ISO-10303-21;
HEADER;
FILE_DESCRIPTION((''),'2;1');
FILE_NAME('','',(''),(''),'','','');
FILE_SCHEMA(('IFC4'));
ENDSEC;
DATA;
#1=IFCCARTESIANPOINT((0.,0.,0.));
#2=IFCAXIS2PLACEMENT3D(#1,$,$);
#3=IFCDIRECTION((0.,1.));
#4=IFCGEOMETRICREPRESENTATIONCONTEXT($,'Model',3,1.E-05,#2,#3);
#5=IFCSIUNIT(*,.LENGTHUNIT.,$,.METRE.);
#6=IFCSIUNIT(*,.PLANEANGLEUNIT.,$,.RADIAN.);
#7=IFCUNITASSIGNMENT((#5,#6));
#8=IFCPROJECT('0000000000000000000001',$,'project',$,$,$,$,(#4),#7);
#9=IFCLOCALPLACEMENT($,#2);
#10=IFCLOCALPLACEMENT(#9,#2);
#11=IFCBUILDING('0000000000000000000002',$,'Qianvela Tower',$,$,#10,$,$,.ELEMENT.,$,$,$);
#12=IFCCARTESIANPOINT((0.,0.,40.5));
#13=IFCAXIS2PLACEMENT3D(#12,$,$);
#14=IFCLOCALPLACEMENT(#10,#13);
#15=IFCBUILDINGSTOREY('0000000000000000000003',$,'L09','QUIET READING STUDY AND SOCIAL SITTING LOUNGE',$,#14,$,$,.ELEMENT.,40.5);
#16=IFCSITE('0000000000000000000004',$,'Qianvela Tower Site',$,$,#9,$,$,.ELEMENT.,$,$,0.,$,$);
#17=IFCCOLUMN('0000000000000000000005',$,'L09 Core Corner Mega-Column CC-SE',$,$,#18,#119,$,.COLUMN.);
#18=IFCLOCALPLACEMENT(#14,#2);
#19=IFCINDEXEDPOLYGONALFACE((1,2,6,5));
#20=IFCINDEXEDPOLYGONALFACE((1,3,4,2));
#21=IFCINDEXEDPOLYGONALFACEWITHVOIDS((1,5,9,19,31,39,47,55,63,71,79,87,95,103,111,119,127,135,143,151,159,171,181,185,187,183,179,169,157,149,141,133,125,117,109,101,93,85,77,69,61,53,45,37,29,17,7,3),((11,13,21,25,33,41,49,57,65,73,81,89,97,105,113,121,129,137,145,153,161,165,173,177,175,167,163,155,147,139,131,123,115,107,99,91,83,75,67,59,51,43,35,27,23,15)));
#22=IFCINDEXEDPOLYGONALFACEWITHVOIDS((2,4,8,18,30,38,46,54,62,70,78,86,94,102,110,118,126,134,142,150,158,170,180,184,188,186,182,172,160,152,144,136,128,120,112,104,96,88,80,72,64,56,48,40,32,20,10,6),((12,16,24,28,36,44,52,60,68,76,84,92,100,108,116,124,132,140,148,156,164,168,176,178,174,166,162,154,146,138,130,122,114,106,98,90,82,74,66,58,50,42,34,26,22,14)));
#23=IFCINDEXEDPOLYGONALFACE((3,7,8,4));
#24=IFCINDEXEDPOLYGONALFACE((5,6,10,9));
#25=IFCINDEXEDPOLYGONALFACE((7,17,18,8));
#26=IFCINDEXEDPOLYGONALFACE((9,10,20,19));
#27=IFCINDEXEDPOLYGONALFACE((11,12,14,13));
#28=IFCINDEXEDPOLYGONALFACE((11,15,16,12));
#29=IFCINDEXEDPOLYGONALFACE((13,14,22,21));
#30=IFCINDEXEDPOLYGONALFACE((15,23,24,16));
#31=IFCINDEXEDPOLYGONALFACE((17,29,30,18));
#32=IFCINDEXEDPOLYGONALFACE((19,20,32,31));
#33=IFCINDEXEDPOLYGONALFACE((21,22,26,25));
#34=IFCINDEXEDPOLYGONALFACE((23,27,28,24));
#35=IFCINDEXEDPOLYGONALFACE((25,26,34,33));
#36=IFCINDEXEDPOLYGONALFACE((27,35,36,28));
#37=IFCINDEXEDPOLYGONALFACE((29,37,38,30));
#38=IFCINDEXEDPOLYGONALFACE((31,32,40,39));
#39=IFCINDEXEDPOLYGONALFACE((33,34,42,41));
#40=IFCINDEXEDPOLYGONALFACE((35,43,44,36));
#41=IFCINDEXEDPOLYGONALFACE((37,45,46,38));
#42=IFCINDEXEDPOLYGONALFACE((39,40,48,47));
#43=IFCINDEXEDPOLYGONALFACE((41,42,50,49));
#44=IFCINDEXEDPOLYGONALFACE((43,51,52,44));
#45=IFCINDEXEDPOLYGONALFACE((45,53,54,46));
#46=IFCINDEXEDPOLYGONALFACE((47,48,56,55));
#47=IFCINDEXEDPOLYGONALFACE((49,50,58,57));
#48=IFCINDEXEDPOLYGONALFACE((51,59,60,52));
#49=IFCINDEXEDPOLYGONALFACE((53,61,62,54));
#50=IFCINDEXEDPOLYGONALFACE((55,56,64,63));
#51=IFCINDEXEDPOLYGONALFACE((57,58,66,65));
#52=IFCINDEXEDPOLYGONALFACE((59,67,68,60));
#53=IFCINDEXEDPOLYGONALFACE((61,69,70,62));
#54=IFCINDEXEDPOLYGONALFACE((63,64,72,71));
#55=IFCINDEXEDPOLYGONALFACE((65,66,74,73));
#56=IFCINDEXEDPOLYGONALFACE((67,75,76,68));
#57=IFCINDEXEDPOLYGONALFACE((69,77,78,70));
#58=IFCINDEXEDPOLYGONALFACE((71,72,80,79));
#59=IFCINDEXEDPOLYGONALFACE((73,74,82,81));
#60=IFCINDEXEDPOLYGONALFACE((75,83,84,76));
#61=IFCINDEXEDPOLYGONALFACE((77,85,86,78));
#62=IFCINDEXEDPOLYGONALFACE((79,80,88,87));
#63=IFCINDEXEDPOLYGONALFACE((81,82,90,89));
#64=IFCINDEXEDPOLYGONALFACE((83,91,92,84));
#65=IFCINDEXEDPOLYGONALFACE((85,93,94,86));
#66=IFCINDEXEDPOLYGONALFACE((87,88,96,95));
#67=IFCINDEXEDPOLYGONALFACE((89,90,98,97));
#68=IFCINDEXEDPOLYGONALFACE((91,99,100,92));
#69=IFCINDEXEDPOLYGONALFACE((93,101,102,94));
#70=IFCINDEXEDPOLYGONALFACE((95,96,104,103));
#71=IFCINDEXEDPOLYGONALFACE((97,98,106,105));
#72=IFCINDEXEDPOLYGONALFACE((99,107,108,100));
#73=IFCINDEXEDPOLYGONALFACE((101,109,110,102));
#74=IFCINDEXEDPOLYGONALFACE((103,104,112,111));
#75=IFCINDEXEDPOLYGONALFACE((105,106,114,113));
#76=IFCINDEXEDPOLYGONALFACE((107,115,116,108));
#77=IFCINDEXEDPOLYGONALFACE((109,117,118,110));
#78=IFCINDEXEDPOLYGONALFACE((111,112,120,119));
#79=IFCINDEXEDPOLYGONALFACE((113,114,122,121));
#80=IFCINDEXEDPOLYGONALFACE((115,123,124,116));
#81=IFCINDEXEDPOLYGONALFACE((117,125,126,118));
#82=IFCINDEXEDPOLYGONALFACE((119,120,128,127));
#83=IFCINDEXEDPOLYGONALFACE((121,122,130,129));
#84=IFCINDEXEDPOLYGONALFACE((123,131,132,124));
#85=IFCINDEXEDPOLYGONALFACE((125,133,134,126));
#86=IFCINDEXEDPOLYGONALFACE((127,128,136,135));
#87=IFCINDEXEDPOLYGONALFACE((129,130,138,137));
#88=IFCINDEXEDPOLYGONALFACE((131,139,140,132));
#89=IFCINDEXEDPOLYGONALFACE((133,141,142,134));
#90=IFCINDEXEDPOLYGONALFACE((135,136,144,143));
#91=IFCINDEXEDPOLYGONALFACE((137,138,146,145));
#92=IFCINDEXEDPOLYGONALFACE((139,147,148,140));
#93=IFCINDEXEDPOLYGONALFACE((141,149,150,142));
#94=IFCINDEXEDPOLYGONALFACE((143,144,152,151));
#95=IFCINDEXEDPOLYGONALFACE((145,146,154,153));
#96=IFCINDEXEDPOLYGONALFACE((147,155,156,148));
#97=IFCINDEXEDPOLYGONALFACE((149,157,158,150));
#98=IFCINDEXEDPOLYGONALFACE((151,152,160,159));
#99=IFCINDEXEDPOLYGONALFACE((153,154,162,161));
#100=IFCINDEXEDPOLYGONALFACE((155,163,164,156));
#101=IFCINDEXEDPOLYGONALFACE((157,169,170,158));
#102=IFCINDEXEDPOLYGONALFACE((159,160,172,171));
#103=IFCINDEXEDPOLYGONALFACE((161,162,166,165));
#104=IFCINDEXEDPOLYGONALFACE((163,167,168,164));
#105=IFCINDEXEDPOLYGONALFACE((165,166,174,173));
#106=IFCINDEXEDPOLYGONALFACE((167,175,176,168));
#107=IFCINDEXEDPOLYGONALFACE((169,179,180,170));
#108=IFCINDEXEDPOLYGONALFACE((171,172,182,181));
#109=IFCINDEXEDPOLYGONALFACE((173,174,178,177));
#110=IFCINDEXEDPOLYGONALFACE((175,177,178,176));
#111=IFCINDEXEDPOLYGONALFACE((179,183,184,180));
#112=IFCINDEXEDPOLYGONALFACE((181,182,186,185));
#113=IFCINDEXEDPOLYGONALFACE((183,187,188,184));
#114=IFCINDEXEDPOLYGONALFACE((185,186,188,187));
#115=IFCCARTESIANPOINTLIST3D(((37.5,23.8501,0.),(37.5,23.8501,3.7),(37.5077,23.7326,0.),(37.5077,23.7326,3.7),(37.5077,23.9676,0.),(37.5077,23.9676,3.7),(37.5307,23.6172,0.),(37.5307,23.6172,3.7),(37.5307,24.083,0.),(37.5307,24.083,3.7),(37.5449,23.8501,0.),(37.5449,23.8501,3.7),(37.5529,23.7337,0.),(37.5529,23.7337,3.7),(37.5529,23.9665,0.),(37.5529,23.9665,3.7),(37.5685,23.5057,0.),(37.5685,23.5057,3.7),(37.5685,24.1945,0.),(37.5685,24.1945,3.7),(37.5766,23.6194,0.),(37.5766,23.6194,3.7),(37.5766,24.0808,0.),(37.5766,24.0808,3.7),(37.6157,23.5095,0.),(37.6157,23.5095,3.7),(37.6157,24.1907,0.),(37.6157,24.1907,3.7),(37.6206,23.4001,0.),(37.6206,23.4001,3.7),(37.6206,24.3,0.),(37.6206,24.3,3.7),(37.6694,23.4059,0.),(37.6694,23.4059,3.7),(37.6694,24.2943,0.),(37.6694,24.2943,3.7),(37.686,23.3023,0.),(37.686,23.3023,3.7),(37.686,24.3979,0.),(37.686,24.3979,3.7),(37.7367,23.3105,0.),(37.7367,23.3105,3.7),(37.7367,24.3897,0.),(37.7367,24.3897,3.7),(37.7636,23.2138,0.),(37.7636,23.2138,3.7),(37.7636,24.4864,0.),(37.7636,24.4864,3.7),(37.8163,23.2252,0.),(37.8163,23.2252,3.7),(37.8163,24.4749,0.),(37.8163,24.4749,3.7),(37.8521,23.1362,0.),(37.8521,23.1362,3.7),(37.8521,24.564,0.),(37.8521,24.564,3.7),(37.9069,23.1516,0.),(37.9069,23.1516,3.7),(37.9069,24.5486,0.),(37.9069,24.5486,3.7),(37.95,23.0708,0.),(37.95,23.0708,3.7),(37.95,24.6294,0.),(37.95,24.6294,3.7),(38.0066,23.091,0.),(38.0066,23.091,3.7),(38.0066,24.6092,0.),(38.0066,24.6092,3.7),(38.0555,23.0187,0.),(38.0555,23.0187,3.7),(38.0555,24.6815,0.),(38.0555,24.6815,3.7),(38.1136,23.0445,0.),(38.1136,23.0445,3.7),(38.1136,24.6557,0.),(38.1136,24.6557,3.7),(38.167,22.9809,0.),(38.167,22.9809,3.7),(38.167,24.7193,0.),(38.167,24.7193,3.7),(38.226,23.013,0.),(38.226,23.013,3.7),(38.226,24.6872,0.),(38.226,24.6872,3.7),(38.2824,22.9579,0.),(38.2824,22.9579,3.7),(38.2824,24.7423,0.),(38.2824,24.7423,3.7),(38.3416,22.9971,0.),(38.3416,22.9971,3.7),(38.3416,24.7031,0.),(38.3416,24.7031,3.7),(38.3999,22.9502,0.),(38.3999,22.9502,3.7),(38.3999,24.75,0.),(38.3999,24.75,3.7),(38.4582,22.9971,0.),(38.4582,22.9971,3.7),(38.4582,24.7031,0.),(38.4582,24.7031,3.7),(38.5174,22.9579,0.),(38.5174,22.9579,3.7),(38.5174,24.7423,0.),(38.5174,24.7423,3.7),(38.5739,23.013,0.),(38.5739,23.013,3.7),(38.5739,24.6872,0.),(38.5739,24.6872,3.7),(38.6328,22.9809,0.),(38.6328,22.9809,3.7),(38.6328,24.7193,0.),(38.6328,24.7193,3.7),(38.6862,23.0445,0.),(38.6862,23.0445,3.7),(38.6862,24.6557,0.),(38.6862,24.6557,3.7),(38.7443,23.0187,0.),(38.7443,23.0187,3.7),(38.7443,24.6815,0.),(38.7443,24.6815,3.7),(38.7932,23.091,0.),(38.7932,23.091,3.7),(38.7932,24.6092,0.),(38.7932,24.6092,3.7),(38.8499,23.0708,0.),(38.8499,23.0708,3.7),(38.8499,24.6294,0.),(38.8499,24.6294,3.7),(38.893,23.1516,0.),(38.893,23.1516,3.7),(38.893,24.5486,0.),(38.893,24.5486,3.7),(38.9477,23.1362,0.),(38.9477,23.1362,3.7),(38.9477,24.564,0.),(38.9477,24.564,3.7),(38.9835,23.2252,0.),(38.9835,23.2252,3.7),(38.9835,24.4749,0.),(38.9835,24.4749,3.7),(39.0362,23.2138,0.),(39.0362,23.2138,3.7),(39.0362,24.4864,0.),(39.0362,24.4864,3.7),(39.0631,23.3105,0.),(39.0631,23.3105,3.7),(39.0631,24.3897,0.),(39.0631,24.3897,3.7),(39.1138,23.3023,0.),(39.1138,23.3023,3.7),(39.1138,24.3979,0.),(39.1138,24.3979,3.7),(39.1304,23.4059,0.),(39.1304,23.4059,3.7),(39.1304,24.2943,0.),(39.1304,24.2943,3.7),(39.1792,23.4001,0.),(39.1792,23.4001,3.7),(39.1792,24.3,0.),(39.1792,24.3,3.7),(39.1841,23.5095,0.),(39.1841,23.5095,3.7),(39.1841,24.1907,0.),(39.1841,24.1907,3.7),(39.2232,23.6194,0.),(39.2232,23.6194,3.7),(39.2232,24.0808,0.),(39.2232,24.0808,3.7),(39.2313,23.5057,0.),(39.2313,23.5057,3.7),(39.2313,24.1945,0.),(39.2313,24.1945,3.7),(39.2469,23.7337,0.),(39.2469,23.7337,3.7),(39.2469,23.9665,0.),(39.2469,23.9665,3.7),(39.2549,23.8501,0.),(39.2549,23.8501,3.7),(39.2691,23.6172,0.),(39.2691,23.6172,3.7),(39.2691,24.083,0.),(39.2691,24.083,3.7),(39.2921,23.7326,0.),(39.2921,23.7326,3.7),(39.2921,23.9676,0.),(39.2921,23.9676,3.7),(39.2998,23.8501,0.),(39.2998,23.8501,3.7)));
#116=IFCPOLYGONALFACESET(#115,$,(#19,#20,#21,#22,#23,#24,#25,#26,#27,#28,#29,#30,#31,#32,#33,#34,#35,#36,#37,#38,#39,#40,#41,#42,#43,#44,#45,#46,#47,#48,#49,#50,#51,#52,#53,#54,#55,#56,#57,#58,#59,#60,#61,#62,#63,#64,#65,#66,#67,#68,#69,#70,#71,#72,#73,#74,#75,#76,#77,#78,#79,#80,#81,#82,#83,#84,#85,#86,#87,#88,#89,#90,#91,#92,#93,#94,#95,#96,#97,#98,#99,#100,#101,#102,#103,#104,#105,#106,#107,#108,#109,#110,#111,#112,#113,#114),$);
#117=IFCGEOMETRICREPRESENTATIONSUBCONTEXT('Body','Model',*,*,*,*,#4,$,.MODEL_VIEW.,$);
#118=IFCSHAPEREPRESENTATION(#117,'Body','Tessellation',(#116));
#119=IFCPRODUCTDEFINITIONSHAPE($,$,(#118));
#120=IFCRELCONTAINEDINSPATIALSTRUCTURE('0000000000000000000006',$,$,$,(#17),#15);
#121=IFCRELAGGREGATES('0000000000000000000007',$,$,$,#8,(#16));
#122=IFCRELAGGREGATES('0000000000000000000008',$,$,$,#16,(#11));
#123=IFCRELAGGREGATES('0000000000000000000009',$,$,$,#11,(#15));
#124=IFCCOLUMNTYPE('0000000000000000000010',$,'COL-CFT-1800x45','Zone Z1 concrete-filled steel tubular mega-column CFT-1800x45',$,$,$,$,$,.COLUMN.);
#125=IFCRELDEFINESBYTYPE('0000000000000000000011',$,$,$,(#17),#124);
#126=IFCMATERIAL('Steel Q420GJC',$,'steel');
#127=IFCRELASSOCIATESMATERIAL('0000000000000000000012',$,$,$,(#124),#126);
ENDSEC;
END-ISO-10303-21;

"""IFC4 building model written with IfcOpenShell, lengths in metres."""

from ifc_helpers import new_model, si_unit, direction, frame, origin, origin_2d, place, context, subcontext, project, spatial, hollow_circle, extrude, material, material_profile, profile_set, type_object, element, save


model = new_model("IFC4")

# Units and contexts
model_context = context("Model", 3, precision=1e-05, world=origin(), true_north=direction((0.0, 1.0)))
body_context = subcontext(model_context, "Body", "Model", "MODEL_VIEW")
ifc_project = project(units=[si_unit("LENGTHUNIT", "METRE"), si_unit("PLANEANGLEUNIT", "RADIAN")], contexts=[model_context])

# Site, building, storey
site_placement = place(None, origin())
site = spatial("IfcSite", under=ifc_project, at=site_placement, Name="Qianvela Tower Site", CompositionType="ELEMENT", RefElevation=0.0)
building_placement = place(site_placement, origin())
building = spatial("IfcBuilding", under=site, at=building_placement, Name="Qianvela Tower", CompositionType="ELEMENT")
storey_placement = place(building_placement, frame((0.0, 0.0, 40.5)))
storey = spatial("IfcBuildingStorey", under=building, at=storey_placement, Name="L09", Description="QUIET READING STUDY AND SOCIAL SITTING LOUNGE", CompositionType="ELEMENT", Elevation=40.5)

# Column
ifc_material_1 = material(Name="Steel Q420GJC", Category="steel")
ifc_material_profile_1 = material_profile(ifc_material_1, hollow_circle(Radius=0.8999, WallThickness=0.0449, at=origin_2d()), Name="CFT-1800x45")
ifc_profile_set_1 = profile_set([ifc_material_profile_1], Name="Steel Q420GJC")
column_type = type_object("IfcColumnType", Name="COL-CFT-1800x45", Description="Zone Z1 concrete-filled steel tubular mega-column CFT-1800x45", PredefinedType="COLUMN", material=ifc_profile_set_1)
for number, where, z_axis, x_axis, name in (
    (1, (38.3999, 23.8501, 0.0), (0.0, 0.0, 1.0), (1.0, 0.0, 0.0), "L09 Core Corner Mega-Column CC-SE"),
):
    element("IfcColumn", number, at=place(storey_placement, frame(where, z_axis=z_axis, x_axis=x_axis)), inside=storey, type_object=column_type, Name=name, PredefinedType="COLUMN", context=body_context, shape_type="SweptSolid", body=[
        extrude(hollow_circle(Radius=0.8999, WallThickness=0.0449, at=origin_2d()), origin(), (0.0, 0.0, 1.0), 3.7),
    ])

save(model, "model.ifc")
